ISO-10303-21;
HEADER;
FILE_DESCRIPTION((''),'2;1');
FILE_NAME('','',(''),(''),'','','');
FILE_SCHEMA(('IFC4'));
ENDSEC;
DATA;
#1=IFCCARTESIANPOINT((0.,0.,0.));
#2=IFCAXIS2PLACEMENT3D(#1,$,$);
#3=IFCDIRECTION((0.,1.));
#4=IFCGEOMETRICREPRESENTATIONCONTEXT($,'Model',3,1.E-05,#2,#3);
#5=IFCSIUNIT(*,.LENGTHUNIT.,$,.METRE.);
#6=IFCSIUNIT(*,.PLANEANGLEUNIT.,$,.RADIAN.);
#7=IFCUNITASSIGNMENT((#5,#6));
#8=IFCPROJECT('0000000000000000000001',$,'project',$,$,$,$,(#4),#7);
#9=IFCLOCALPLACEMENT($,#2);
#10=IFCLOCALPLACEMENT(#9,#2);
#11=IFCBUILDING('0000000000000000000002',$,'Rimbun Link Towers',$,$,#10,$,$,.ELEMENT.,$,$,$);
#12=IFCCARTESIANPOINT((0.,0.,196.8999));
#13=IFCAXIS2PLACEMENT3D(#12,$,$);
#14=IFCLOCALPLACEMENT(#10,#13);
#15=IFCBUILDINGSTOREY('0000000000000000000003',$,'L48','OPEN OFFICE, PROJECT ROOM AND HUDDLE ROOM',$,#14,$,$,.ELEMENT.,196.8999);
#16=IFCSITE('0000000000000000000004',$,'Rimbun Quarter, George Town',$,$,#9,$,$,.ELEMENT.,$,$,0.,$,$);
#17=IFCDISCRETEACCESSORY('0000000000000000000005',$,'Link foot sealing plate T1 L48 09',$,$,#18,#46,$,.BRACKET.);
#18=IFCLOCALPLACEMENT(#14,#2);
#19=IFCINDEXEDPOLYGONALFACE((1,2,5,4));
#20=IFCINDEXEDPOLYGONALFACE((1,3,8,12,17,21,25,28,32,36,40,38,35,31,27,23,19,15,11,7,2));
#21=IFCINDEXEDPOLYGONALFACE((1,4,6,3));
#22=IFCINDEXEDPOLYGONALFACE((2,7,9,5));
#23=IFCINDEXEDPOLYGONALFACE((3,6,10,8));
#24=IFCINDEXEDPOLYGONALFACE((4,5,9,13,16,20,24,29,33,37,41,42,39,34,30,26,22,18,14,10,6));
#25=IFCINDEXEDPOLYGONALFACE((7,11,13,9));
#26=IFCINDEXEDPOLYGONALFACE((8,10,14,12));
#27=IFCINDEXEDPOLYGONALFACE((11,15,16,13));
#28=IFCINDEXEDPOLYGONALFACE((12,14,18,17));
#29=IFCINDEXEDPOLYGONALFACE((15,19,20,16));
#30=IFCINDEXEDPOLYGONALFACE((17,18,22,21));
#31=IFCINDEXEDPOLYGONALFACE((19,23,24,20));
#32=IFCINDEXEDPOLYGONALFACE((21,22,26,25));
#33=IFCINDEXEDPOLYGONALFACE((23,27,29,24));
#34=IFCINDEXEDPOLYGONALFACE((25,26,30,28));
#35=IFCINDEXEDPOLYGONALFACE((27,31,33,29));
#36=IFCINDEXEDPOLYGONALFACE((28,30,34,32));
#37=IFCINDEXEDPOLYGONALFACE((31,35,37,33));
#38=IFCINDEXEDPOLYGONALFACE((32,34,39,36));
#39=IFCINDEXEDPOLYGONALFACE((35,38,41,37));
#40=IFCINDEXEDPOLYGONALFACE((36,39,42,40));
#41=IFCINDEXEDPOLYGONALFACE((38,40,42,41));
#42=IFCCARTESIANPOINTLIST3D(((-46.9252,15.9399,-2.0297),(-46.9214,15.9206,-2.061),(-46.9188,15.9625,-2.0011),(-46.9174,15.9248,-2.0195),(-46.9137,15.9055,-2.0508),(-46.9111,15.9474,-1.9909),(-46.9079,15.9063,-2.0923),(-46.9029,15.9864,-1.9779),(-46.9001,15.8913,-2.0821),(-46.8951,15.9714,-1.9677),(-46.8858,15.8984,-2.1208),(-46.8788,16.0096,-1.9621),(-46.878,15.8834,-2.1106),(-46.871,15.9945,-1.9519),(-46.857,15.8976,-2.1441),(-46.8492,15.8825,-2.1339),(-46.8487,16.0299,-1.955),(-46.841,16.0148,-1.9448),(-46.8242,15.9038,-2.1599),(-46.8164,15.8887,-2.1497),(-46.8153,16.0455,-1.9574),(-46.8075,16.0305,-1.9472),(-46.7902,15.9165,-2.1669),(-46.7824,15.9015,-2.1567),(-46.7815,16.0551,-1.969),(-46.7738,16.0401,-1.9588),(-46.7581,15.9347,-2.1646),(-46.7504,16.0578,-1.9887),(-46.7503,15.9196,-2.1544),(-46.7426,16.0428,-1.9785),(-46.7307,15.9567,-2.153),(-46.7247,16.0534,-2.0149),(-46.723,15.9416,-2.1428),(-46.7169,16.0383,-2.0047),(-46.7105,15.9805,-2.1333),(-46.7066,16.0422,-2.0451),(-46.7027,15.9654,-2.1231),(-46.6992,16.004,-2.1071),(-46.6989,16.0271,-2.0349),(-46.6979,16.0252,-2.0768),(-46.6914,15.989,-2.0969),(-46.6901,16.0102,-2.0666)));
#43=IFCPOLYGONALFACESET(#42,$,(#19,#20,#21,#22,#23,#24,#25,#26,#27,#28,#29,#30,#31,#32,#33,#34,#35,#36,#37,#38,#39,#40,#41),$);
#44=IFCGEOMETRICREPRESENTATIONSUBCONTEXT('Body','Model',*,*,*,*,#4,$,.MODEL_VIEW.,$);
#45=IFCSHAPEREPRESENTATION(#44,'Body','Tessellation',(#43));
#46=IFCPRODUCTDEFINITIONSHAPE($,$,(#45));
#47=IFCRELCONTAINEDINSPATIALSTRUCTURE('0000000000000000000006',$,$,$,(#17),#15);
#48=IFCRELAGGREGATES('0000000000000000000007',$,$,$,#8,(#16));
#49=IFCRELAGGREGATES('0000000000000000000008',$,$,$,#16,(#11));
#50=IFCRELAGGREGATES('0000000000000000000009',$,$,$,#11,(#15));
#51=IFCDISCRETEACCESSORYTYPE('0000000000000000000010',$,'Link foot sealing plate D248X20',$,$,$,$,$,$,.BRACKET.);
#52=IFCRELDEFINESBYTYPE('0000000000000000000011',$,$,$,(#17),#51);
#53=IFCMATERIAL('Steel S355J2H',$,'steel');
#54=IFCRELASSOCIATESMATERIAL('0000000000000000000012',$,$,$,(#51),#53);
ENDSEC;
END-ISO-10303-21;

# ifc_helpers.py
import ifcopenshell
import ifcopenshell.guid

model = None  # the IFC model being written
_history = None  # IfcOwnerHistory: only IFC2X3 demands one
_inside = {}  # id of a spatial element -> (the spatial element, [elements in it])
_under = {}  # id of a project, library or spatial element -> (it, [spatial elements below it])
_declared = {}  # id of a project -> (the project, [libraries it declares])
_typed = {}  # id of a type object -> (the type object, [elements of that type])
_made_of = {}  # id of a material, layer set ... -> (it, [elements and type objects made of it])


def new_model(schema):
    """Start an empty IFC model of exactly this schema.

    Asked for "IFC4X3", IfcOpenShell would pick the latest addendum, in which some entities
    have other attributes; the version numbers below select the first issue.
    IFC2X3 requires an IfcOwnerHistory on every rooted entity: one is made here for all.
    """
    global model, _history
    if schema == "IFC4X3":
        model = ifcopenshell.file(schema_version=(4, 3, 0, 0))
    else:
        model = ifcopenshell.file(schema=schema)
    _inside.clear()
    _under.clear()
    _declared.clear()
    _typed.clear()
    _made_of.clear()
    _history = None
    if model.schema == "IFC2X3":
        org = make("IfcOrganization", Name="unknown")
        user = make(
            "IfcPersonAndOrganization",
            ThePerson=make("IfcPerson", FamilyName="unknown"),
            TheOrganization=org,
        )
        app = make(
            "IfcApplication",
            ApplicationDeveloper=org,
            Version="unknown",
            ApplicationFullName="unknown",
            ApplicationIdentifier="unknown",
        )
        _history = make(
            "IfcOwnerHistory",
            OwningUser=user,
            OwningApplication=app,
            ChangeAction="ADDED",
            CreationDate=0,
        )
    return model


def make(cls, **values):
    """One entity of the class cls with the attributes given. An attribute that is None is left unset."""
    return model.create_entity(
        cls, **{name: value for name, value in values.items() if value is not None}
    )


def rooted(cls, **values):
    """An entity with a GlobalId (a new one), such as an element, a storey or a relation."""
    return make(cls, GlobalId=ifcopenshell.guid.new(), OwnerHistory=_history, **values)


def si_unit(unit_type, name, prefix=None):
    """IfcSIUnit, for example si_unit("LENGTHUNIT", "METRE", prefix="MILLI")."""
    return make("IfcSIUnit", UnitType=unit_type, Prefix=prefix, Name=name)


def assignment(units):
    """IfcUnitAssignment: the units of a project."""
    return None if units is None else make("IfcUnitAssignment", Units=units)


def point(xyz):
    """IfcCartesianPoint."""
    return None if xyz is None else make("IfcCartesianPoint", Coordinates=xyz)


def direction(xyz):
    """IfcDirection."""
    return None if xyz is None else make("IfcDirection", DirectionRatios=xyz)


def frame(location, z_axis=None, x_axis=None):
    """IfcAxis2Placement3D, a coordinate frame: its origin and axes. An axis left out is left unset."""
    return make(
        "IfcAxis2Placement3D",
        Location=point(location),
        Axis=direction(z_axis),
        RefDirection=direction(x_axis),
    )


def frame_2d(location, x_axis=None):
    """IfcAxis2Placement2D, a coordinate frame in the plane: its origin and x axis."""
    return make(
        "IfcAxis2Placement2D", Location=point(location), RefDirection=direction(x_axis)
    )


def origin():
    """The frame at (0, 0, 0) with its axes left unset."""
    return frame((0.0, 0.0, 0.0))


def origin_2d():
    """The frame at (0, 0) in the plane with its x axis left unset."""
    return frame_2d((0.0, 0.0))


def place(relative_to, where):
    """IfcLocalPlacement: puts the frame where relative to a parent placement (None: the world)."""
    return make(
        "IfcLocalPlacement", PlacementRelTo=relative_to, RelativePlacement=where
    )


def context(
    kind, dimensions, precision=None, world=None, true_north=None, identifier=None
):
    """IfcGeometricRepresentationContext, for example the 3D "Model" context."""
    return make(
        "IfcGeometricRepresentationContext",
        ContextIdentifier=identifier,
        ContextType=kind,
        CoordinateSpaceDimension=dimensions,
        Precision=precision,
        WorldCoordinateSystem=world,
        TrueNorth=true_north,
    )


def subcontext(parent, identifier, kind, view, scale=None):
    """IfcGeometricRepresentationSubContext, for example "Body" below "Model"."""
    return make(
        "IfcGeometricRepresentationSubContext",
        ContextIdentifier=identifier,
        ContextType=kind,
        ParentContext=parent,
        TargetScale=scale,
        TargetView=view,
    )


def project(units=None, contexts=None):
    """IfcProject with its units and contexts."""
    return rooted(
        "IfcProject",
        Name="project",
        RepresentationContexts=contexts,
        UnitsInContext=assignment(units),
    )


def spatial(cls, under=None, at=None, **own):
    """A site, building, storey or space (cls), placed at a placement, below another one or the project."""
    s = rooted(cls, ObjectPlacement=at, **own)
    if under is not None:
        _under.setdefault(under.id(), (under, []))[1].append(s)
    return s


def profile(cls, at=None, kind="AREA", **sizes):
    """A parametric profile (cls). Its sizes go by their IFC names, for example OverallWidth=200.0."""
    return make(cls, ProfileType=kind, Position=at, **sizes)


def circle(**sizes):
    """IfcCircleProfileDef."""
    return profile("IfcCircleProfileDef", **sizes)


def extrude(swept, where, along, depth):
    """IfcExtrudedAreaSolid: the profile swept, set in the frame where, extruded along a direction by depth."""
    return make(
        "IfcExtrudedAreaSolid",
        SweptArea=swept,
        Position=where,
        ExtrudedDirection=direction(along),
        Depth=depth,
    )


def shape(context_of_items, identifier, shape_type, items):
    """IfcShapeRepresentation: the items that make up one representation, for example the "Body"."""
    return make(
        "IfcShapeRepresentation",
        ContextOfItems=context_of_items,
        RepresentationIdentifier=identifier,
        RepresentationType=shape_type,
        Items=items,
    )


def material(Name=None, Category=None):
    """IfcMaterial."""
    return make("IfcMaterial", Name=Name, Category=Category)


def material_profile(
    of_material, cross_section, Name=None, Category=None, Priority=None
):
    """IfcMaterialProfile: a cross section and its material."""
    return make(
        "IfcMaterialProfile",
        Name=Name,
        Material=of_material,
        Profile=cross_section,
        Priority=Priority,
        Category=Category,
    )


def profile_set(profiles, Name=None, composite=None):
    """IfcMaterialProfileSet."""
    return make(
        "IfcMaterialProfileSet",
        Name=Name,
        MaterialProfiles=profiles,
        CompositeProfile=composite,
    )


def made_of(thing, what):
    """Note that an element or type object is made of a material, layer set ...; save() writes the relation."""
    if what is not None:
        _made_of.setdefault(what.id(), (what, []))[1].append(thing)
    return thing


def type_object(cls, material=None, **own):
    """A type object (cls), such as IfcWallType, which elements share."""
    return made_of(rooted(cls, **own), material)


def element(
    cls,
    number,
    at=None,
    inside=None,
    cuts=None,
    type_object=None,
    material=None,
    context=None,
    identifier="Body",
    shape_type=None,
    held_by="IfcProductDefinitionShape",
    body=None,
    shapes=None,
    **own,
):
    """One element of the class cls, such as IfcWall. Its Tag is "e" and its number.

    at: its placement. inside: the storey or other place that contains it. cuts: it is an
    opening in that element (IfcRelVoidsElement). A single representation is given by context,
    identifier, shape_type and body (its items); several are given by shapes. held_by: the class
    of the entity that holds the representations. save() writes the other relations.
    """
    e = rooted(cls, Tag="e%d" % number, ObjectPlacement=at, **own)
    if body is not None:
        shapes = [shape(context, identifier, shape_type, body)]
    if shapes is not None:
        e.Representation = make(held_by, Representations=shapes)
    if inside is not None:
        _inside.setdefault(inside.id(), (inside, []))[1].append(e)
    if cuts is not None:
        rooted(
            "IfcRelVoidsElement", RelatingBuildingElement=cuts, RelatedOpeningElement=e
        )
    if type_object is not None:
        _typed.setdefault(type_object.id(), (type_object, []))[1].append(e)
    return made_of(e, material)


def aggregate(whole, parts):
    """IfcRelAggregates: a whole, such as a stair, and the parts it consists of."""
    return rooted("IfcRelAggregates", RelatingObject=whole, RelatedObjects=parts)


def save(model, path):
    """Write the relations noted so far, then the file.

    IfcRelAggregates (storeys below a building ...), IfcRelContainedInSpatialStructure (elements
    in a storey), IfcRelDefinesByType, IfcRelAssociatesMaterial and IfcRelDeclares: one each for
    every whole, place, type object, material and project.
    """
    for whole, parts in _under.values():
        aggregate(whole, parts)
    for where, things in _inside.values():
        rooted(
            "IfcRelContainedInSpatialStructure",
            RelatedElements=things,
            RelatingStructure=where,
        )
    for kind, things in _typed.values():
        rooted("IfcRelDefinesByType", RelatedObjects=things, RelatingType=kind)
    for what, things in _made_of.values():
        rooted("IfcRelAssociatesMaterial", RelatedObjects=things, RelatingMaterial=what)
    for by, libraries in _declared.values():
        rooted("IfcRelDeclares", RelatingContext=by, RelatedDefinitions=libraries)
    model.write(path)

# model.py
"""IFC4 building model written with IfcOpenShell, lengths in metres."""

from ifc_helpers import new_model, si_unit, direction, frame, origin, origin_2d, place, context, subcontext, project, spatial, circle, extrude, material, material_profile, profile_set, type_object, element, save


model = new_model("IFC4")

# Units and contexts
model_context = context("Model", 3, precision=1e-05, world=origin(), true_north=direction((0.0, 1.0)))
body_context = subcontext(model_context, "Body", "Model", "MODEL_VIEW")
ifc_project = project(units=[si_unit("LENGTHUNIT", "METRE"), si_unit("PLANEANGLEUNIT", "RADIAN")], contexts=[model_context])

# Site, building, storey
site_placement = place(None, origin())
site = spatial("IfcSite", under=ifc_project, at=site_placement, Name="Rimbun Quarter, George Town", CompositionType="ELEMENT", RefElevation=0.0)
building_placement = place(site_placement, origin())
building = spatial("IfcBuilding", under=site, at=building_placement, Name="Rimbun Link Towers", CompositionType="ELEMENT")
storey_placement = place(building_placement, frame((0.0, 0.0, 196.8999)))
storey = spatial("IfcBuildingStorey", under=building, at=storey_placement, Name="L48", Description="OPEN OFFICE, PROJECT ROOM AND HUDDLE ROOM", CompositionType="ELEMENT", Elevation=196.8999)

# Discrete accessory
ifc_material_1 = material(Name="Steel S355J2H", Category="steel")
ifc_material_profile_1 = material_profile(ifc_material_1, circle(Radius=0.124, at=origin_2d()), Name="PL D248")
ifc_profile_set_1 = profile_set([ifc_material_profile_1], Name="Steel S355J2H")
discrete_accessory_type = type_object("IfcDiscreteAccessoryType", Name="Link foot sealing plate D248X20", PredefinedType="BRACKET", material=ifc_profile_set_1)
discrete_accessory_placement = place(storey_placement, frame((-46.8035, 15.9624, -2.0508), z_axis=(-0.392941, 0.761324, -0.515736), x_axis=(-0.888621, -0.458643, 0.0)))
element("IfcDiscreteAccessory", 1, at=discrete_accessory_placement, inside=storey, type_object=discrete_accessory_type, Name="Link foot sealing plate T1 L48 09", PredefinedType="BRACKET", context=body_context, shape_type="SweptSolid", body=[
    extrude(circle(Radius=0.124, at=origin_2d()), origin(), (0.0, 0.0, 1.0), 0.0198),
])

save(model, "model.ifc")
